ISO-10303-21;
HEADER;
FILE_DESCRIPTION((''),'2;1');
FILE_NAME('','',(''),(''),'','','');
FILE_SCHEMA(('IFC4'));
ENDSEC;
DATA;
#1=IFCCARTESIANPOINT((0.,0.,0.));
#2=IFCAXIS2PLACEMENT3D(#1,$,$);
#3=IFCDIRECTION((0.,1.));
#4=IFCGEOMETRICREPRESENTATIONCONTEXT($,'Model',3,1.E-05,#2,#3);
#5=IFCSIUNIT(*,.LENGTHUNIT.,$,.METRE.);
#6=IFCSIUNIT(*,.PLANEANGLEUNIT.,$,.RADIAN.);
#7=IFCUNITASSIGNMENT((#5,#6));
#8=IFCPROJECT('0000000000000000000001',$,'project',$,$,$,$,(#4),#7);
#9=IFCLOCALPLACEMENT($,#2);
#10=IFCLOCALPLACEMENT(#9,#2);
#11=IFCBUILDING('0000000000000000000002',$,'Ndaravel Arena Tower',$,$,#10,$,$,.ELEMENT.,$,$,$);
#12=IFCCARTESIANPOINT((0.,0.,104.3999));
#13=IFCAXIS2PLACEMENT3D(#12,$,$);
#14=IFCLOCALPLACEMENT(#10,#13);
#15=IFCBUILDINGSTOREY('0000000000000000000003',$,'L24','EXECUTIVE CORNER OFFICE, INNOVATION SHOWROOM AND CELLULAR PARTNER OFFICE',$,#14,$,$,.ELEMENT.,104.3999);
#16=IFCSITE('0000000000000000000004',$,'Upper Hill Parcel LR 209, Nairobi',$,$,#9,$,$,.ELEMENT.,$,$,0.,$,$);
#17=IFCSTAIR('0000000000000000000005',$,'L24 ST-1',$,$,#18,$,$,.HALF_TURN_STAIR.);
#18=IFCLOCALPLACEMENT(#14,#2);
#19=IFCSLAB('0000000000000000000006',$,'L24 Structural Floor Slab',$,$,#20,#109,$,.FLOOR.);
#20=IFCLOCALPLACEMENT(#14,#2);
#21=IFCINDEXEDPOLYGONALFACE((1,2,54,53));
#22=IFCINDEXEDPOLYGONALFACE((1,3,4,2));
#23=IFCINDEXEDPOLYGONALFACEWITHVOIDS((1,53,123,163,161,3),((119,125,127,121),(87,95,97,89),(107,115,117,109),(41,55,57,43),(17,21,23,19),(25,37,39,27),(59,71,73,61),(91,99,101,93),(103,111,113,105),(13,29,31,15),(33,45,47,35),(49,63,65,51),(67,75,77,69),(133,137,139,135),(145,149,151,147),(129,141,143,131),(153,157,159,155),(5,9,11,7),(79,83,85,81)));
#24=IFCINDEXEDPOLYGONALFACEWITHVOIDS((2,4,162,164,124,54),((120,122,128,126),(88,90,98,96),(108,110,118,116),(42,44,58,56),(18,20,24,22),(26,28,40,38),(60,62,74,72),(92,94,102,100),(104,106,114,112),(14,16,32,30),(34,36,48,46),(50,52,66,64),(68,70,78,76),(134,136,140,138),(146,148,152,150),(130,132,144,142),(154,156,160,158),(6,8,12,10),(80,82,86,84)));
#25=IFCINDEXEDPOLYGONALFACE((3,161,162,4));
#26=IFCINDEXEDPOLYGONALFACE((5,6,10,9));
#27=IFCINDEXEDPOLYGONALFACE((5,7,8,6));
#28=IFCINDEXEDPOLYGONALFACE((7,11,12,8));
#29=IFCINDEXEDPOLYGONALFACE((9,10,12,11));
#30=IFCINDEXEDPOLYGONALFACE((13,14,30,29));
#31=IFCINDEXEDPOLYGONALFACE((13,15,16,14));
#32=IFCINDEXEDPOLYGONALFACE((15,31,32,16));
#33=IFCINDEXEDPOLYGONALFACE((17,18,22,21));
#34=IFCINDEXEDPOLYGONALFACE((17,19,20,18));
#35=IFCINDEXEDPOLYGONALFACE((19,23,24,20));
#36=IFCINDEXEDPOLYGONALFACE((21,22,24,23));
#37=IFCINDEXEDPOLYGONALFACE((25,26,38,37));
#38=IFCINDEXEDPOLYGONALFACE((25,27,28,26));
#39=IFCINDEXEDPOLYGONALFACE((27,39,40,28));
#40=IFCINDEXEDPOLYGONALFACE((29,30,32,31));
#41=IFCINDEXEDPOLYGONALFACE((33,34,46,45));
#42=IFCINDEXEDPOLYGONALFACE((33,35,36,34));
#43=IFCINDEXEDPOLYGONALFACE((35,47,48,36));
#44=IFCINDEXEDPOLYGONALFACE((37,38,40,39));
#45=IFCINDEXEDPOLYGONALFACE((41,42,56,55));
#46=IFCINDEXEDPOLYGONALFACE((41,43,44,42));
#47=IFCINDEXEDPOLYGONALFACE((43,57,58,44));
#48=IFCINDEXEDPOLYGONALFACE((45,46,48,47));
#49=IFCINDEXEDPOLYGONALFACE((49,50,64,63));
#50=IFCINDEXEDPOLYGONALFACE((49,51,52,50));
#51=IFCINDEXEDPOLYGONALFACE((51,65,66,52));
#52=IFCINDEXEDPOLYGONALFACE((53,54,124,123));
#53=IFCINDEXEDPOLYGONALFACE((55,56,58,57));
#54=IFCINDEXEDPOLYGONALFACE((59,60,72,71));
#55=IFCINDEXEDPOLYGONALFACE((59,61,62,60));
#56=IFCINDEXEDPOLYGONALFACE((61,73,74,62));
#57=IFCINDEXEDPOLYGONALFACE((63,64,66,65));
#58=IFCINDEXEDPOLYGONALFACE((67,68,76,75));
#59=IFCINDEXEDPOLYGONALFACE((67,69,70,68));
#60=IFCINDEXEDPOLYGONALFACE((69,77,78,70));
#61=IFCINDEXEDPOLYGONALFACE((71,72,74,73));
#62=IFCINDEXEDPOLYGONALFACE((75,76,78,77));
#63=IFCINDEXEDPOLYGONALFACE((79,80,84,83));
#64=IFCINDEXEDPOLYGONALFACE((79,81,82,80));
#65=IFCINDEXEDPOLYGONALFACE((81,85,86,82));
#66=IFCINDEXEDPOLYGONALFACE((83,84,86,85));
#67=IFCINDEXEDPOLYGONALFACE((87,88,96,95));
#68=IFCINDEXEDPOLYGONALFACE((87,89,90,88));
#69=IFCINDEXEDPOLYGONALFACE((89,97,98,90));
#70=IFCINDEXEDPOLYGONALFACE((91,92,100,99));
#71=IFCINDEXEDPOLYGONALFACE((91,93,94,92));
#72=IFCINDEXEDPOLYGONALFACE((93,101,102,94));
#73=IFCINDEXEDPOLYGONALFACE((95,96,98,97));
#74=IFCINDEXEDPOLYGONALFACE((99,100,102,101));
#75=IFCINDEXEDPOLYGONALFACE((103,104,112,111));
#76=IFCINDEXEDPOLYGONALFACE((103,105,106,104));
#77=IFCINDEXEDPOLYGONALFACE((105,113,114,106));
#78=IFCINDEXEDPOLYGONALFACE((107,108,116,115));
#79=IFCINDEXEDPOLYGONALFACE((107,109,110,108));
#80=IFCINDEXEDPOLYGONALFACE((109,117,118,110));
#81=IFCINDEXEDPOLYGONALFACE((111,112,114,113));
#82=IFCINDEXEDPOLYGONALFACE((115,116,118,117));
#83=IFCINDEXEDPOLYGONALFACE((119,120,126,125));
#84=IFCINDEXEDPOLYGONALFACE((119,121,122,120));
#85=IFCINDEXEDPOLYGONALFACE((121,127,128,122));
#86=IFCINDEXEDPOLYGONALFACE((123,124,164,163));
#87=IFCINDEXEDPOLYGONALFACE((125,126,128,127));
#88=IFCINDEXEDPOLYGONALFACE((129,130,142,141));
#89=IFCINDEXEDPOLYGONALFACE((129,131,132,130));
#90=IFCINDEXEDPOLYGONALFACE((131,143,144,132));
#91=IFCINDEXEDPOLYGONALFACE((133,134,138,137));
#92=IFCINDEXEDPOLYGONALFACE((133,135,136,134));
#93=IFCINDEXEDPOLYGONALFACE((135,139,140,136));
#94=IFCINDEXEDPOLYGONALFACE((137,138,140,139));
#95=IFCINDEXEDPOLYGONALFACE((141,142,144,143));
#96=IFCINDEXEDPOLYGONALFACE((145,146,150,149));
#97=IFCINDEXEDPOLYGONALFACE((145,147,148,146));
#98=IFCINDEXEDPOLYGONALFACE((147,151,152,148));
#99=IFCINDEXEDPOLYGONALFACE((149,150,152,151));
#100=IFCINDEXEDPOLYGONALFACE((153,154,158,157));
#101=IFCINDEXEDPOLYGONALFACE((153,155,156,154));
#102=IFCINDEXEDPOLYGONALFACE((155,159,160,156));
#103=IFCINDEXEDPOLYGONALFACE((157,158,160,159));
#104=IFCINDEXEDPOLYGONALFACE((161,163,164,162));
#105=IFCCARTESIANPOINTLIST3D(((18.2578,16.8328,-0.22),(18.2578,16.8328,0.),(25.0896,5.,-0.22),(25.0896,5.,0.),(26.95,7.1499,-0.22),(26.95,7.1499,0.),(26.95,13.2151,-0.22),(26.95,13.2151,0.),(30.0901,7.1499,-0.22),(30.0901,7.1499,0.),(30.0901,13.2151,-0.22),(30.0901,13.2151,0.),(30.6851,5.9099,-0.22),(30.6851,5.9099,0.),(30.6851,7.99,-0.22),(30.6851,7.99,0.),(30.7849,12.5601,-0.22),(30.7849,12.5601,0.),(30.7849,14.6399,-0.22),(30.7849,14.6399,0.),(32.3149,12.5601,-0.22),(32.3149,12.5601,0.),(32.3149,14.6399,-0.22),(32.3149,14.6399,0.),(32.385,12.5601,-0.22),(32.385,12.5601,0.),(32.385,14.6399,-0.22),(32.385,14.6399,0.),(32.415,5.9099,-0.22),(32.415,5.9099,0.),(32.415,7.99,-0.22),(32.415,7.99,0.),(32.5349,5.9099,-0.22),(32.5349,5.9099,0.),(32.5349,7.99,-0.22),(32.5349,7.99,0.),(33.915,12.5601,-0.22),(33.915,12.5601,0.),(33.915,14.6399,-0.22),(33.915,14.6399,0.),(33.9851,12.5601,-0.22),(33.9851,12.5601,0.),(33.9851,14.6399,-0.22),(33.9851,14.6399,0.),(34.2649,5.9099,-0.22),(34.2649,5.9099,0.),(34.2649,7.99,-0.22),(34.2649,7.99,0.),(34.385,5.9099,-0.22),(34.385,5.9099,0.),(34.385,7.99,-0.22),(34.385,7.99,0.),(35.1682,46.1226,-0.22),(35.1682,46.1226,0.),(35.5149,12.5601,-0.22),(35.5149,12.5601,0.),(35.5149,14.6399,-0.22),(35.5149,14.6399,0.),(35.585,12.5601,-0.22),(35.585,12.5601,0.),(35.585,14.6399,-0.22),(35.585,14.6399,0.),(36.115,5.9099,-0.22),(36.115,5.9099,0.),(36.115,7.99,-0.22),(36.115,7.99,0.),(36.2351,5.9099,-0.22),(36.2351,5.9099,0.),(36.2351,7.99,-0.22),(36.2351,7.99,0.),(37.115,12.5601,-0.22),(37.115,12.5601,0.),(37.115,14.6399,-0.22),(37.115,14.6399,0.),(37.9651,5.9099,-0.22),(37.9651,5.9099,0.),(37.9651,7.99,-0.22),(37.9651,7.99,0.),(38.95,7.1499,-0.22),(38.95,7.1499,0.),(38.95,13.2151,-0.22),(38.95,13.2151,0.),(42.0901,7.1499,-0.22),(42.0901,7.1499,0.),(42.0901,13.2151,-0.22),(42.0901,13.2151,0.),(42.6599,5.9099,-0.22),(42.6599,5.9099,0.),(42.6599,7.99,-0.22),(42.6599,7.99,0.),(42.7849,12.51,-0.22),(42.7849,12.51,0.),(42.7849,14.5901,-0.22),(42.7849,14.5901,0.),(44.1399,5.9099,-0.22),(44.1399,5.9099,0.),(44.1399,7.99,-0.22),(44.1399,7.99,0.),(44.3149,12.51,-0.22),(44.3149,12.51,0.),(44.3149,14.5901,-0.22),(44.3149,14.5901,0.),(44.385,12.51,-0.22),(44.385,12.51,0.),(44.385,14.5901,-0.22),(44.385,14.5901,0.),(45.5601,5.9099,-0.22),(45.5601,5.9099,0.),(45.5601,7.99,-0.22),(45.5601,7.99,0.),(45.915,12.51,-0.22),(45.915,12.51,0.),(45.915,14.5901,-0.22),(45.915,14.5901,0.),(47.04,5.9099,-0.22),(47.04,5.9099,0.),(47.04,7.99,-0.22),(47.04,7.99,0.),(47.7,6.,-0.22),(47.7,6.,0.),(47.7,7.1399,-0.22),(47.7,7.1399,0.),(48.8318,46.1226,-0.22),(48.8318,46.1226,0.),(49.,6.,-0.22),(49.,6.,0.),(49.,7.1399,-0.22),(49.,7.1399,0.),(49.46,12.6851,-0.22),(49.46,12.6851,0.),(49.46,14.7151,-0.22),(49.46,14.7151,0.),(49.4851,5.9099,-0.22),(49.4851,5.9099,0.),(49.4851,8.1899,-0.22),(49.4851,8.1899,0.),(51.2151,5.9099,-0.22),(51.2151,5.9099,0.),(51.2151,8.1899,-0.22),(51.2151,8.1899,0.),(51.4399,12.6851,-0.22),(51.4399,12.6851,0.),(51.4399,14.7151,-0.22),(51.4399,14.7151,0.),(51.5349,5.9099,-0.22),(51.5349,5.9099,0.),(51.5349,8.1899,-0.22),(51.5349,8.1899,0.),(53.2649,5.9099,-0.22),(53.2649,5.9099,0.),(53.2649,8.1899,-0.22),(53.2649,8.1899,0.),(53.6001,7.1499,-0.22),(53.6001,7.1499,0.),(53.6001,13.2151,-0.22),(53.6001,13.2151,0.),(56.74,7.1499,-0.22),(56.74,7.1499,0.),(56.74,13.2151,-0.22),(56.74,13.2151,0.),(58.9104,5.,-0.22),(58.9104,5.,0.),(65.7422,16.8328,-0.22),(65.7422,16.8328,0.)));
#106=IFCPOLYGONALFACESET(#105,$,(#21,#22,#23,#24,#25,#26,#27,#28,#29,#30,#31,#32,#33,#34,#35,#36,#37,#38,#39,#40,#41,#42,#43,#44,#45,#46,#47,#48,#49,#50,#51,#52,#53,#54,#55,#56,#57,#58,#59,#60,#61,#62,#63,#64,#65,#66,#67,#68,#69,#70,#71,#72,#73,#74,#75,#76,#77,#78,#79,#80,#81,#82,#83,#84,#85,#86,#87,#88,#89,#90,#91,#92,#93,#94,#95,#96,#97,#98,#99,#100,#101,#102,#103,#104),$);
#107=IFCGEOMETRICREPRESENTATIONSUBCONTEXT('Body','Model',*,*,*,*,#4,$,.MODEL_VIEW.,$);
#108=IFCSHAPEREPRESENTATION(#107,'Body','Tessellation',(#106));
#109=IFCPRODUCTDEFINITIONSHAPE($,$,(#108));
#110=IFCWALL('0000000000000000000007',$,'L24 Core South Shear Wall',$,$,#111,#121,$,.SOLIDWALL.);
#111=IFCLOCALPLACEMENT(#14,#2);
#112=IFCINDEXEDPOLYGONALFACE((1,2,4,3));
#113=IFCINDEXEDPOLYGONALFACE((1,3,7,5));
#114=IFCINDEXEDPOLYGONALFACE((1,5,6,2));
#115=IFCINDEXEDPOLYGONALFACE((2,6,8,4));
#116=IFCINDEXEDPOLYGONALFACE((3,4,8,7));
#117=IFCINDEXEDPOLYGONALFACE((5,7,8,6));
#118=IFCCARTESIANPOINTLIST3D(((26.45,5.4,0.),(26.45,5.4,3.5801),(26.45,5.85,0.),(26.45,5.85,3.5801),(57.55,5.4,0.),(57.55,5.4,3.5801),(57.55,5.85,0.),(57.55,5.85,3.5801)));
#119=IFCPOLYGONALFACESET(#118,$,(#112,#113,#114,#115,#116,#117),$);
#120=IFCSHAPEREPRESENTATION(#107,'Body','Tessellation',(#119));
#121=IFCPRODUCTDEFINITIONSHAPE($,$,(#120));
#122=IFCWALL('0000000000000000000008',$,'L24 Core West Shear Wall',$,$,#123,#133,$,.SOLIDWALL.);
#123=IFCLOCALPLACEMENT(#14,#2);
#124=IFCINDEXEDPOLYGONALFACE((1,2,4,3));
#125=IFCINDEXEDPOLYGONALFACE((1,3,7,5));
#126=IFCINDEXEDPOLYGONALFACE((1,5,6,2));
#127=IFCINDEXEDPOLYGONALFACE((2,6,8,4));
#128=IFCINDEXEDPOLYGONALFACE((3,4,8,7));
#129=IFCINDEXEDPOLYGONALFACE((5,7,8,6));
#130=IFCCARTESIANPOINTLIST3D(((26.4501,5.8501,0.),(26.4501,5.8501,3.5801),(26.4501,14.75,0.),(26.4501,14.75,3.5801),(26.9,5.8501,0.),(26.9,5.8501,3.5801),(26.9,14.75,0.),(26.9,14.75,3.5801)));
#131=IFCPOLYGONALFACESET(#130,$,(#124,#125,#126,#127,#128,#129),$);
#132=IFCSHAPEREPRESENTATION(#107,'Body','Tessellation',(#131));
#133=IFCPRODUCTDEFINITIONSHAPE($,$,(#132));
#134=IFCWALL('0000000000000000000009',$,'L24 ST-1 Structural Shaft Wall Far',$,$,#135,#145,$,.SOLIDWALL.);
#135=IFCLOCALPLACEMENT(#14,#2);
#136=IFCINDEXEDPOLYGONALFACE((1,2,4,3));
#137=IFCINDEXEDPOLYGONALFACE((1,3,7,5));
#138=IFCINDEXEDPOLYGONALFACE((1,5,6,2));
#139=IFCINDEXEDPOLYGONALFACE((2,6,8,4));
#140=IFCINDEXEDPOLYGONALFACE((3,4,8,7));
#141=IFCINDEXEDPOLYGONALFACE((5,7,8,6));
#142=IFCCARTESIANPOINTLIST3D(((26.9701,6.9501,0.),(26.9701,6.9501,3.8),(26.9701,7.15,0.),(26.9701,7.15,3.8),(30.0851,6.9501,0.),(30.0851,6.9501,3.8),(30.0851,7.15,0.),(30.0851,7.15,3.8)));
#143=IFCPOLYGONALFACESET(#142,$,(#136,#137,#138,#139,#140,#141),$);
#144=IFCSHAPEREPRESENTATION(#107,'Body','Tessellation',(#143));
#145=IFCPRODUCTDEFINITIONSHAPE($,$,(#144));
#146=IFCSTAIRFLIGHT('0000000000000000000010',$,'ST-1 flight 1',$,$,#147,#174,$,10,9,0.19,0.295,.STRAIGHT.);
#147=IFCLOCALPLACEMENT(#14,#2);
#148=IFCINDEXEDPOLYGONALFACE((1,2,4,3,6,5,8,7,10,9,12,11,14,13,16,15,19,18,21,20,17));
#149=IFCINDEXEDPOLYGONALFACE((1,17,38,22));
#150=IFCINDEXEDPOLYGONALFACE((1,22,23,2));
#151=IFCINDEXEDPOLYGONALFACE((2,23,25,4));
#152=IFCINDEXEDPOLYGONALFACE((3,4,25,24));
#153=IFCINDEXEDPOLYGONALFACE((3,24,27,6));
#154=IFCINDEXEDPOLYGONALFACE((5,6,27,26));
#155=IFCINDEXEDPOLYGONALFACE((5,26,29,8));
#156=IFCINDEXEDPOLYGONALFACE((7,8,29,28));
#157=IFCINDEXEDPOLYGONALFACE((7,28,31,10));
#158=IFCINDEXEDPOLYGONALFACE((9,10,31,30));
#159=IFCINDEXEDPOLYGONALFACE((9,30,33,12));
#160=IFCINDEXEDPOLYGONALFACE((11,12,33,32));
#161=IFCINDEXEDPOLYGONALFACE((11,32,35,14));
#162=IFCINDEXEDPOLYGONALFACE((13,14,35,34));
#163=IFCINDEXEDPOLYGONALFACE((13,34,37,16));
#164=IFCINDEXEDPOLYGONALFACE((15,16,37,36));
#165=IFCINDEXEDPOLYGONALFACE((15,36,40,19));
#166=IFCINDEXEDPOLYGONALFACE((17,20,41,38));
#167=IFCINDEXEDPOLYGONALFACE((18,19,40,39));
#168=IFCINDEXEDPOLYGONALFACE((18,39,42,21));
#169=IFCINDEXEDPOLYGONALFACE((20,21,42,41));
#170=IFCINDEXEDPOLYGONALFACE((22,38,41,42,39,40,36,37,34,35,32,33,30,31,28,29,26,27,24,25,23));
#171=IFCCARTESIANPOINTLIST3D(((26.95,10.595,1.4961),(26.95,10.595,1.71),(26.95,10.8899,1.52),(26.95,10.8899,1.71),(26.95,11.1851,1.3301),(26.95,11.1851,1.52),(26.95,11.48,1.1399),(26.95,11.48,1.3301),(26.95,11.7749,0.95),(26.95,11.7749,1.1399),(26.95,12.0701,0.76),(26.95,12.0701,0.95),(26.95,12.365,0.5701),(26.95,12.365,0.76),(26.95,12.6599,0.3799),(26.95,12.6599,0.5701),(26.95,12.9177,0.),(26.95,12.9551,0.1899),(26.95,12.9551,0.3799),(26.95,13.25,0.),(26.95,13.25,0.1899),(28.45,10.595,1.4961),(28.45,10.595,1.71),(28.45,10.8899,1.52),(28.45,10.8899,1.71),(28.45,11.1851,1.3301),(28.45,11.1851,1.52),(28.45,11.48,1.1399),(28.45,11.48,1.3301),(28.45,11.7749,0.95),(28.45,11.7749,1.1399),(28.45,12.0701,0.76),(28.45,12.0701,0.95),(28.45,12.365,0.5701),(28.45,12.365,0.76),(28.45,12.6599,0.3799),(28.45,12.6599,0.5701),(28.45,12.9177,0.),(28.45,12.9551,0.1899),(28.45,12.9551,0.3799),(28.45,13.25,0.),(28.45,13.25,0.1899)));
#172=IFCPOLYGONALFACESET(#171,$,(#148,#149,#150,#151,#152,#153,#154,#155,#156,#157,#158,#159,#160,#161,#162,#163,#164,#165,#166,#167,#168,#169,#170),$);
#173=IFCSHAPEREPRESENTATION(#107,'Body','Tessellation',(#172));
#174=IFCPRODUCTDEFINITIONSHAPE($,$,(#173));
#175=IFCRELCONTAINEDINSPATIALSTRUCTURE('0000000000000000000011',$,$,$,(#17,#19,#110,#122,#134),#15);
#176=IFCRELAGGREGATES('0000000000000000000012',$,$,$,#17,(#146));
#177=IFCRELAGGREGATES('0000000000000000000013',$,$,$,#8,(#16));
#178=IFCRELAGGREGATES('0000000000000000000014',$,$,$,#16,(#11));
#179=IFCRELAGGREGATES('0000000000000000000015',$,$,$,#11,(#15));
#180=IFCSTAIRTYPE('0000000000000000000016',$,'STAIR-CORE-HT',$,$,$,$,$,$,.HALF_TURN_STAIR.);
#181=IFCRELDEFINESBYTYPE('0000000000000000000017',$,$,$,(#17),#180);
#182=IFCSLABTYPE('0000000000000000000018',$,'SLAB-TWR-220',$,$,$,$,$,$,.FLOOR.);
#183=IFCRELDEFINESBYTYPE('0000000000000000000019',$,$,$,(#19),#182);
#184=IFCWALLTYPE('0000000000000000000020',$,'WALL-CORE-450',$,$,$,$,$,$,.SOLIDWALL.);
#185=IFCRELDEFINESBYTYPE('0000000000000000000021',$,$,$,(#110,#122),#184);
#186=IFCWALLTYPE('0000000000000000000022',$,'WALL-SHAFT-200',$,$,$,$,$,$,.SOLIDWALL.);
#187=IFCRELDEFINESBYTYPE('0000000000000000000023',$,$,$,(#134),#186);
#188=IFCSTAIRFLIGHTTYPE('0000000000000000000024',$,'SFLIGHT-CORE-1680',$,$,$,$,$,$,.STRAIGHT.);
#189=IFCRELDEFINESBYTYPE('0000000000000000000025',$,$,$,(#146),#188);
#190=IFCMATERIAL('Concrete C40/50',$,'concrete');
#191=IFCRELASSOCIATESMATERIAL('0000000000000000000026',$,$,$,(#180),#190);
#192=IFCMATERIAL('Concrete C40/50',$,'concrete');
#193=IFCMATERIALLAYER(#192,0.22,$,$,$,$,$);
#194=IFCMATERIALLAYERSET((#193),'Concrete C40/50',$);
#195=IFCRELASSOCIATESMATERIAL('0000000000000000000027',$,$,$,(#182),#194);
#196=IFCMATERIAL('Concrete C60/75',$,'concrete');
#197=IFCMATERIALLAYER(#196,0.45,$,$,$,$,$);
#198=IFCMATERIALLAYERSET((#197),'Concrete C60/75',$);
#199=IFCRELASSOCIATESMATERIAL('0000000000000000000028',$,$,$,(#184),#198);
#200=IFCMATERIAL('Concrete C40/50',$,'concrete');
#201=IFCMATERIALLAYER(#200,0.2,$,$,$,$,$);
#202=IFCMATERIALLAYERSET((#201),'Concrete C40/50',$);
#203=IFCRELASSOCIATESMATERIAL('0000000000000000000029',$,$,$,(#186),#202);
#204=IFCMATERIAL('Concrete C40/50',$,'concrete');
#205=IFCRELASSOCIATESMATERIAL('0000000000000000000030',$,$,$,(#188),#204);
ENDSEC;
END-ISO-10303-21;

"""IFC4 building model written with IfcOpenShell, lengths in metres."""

from ifc_helpers import new_model, si_unit, direction, frame, frame_2d, origin, place, context, subcontext, project, spatial, polyline, rectangle, outline, extrude, material, layer, layer_set, type_object, element, aggregate, save


model = new_model("IFC4")

# Units and contexts
model_context = context("Model", 3, precision=1e-05, world=origin(), true_north=direction((0.0, 1.0)))
body_context = subcontext(model_context, "Body", "Model", "MODEL_VIEW")
ifc_project = project(units=[si_unit("LENGTHUNIT", "METRE"), si_unit("PLANEANGLEUNIT", "RADIAN")], contexts=[model_context])

# Site, building, storey
site_placement = place(None, origin())
site = spatial("IfcSite", under=ifc_project, at=site_placement, Name="Upper Hill Parcel LR 209, Nairobi", CompositionType="ELEMENT", RefElevation=0.0)
building_placement = place(site_placement, origin())
building = spatial("IfcBuilding", under=site, at=building_placement, Name="Ndaravel Arena Tower", CompositionType="ELEMENT")
storey_placement = place(building_placement, frame((0.0, 0.0, 104.3999)))
storey = spatial("IfcBuildingStorey", under=building, at=storey_placement, Name="L24", Description="EXECUTIVE CORNER OFFICE, INNOVATION SHOWROOM AND CELLULAR PARTNER OFFICE", CompositionType="ELEMENT", Elevation=104.3999)

# Stair
ifc_material_1 = material(Name="Concrete C40/50", Category="concrete")
stair_type = type_object("IfcStairType", Name="STAIR-CORE-HT", PredefinedType="HALF_TURN_STAIR", material=ifc_material_1)
stair_1_placement = place(storey_placement, origin())
stair_1 = element("IfcStair", 1, at=stair_1_placement, inside=storey, type_object=stair_type, Name="L24 ST-1", PredefinedType="HALF_TURN_STAIR")

# Slab
ifc_material_2 = material(Name="Concrete C40/50", Category="concrete")
ifc_layer_1 = layer(ifc_material_2, 0.22)
ifc_layer_set_1 = layer_set([ifc_layer_1], Name="Concrete C40/50")
slab_type_1 = type_object("IfcSlabType", Name="SLAB-TWR-220", PredefinedType="FLOOR", material=ifc_layer_set_1)
slab_1_placement = place(storey_placement, frame((0.0, 0.0, -0.22)))
element("IfcSlab", 2, at=slab_1_placement, inside=storey, type_object=slab_type_1, Name="L24 Structural Floor Slab", PredefinedType="FLOOR", context=body_context, shape_type="SweptSolid", body=[
    extrude(outline(polyline([(18.2578, 16.8328), (25.0896, 5.0), (58.9104, 5.0), (65.7422, 16.8328), (48.8318, 46.1226), (35.1682, 46.1226), (18.2578, 16.8328)]), holes=[polyline([(26.95, 13.2151), (26.95, 7.1499), (30.0901, 7.1499), (30.0901, 13.2151), (26.95, 13.2151)]), polyline([(38.95, 13.2151), (38.95, 7.1499), (42.0901, 7.1499), (42.0901, 13.2151), (38.95, 13.2151)]), polyline([(53.6001, 13.2151), (53.6001, 7.1499), (56.74, 7.1499), (56.74, 13.2151), (53.6001, 13.2151)]), polyline([(30.6851, 5.9099), (32.415, 5.9099), (32.415, 7.99), (30.6851, 7.99), (30.6851, 5.9099)]), polyline([(32.5349, 5.9099), (34.2649, 5.9099), (34.2649, 7.99), (32.5349, 7.99), (32.5349, 5.9099)]), polyline([(34.385, 5.9099), (36.115, 5.9099), (36.115, 7.99), (34.385, 7.99), (34.385, 5.9099)]), polyline([(36.2351, 5.9099), (37.9651, 5.9099), (37.9651, 7.99), (36.2351, 7.99), (36.2351, 5.9099)]), polyline([(30.7849, 12.5601), (32.3149, 12.5601), (32.3149, 14.6399), (30.7849, 14.6399), (30.7849, 12.5601)]), polyline([(32.385, 12.5601), (33.915, 12.5601), (33.915, 14.6399), (32.385, 14.6399), (32.385, 12.5601)]), polyline([(33.9851, 12.5601), (35.5149, 12.5601), (35.5149, 14.6399), (33.9851, 14.6399), (33.9851, 12.5601)]), polyline([(35.585, 12.5601), (37.115, 12.5601), (37.115, 14.6399), (35.585, 14.6399), (35.585, 12.5601)]), polyline([(42.6599, 5.9099), (44.1399, 5.9099), (44.1399, 7.99), (42.6599, 7.99), (42.6599, 5.9099)]), polyline([(45.5601, 5.9099), (47.04, 5.9099), (47.04, 7.99), (45.5601, 7.99), (45.5601, 5.9099)]), polyline([(42.7849, 12.51), (44.3149, 12.51), (44.3149, 14.5901), (42.7849, 14.5901), (42.7849, 12.51)]), polyline([(44.385, 12.51), (45.915, 12.51), (45.915, 14.5901), (44.385, 14.5901), (44.385, 12.51)]), polyline([(49.4851, 5.9099), (51.2151, 5.9099), (51.2151, 8.1899), (49.4851, 8.1899), (49.4851, 5.9099)]), polyline([(51.5349, 5.9099), (53.2649, 5.9099), (53.2649, 8.1899), (51.5349, 8.1899), (51.5349, 5.9099)]), polyline([(49.46, 12.6851), (51.4399, 12.6851), (51.4399, 14.7151), (49.46, 14.7151), (49.46, 12.6851)]), polyline([(47.7, 6.0), (49.0, 6.0), (49.0, 7.1399), (47.7, 7.1399), (47.7, 6.0)])]), origin(), (0.0, 0.0, 1.0), 0.22),
])

# Walls
ifc_material_3 = material(Name="Concrete C60/75", Category="concrete")
ifc_layer_2 = layer(ifc_material_3, 0.45)
ifc_layer_set_2 = layer_set([ifc_layer_2], Name="Concrete C60/75")
wall_type_1 = type_object("IfcWallType", Name="WALL-CORE-450", PredefinedType="SOLIDWALL", material=ifc_layer_set_2)
wall_1_placement = place(storey_placement, frame((26.45, 5.625, 0.0), z_axis=(0.0, 0.0, 1.0), x_axis=(1.0, 0.0, 0.0)))
element("IfcWall", 3, at=wall_1_placement, inside=storey, type_object=wall_type_1, Name="L24 Core South Shear Wall", PredefinedType="SOLIDWALL", context=body_context, shape_type="SweptSolid", body=[
    extrude(rectangle(XDim=31.1001, YDim=0.45, at=frame_2d((15.55, 0.0))), origin(), (0.0, 0.0, 1.0), 3.5801),
])
wall_2_placement = place(storey_placement, frame((26.675, 5.8501, 0.0), z_axis=(0.0, 0.0, 1.0), x_axis=(0.0, 1.0, 0.0)))
element("IfcWall", 4, at=wall_2_placement, inside=storey, type_object=wall_type_1, Name="L24 Core West Shear Wall", PredefinedType="SOLIDWALL", context=body_context, shape_type="SweptSolid", body=[
    extrude(rectangle(XDim=8.8999, YDim=0.45, at=frame_2d((4.45, 0.0))), origin(), (0.0, 0.0, 1.0), 3.5801),
])
ifc_material_4 = material(Name="Concrete C40/50", Category="concrete")
ifc_layer_3 = layer(ifc_material_4, 0.2)
ifc_layer_set_3 = layer_set([ifc_layer_3], Name="Concrete C40/50")
wall_type_2 = type_object("IfcWallType", Name="WALL-SHAFT-200", PredefinedType="SOLIDWALL", material=ifc_layer_set_3)
wall_3_placement = place(storey_placement, frame((26.97, 7.05, 0.0), z_axis=(0.0, 0.0, 1.0), x_axis=(1.0, 0.0, 0.0)))
element("IfcWall", 5, at=wall_3_placement, inside=storey, type_object=wall_type_2, Name="L24 ST-1 Structural Shaft Wall Far", PredefinedType="SOLIDWALL", context=body_context, shape_type="SweptSolid", body=[
    extrude(rectangle(XDim=3.115, YDim=0.2, at=frame_2d((1.5576, 0.0))), origin(), (0.0, 0.0, 1.0), 3.8),
])

# Stair flight
ifc_material_5 = material(Name="Concrete C40/50", Category="concrete")
stair_flight_type = type_object("IfcStairFlightType", Name="SFLIGHT-CORE-1680", PredefinedType="STRAIGHT", material=ifc_material_5)
stair_flight_placement = place(storey_placement, frame((27.7, 13.25, 0.0), z_axis=(0.0, 0.0, 1.0), x_axis=(0.0, -1.0, 0.0)))
stair_flight = element("IfcStairFlight", 6, at=stair_flight_placement, type_object=stair_flight_type, Name="ST-1 flight 1", NumberOfRisers=10, NumberOfTreads=9, PredefinedType="STRAIGHT", RiserHeight=0.19, TreadLength=0.295, context=body_context, shape_type="SweptSolid", body=[
    extrude(outline(polyline([(0.0, 0.0), (0.0, 0.1899), (0.2949, 0.1899), (0.2949, 0.3799), (0.5901, 0.3799), (0.5901, 0.5701), (0.885, 0.5701), (0.885, 0.76), (1.1799, 0.76), (1.1799, 0.95), (1.4751, 0.95), (1.4751, 1.1399), (1.77, 1.1399), (1.77, 1.3301), (2.0649, 1.3301), (2.0649, 1.52), (2.3601, 1.52), (2.3601, 1.71), (2.655, 1.71), (2.655, 1.8999), (2.655, 1.4961), (0.3323, 0.0), (0.0, 0.0)])), frame((0.0, 0.75, 0.0), z_axis=(0.0, -1.0, 0.0), x_axis=(1.0, 0.0, 0.0)), (0.0, 0.0, 1.0), 1.5),
])
aggregate(stair_1, [stair_flight])

save(model, "model.ifc")
